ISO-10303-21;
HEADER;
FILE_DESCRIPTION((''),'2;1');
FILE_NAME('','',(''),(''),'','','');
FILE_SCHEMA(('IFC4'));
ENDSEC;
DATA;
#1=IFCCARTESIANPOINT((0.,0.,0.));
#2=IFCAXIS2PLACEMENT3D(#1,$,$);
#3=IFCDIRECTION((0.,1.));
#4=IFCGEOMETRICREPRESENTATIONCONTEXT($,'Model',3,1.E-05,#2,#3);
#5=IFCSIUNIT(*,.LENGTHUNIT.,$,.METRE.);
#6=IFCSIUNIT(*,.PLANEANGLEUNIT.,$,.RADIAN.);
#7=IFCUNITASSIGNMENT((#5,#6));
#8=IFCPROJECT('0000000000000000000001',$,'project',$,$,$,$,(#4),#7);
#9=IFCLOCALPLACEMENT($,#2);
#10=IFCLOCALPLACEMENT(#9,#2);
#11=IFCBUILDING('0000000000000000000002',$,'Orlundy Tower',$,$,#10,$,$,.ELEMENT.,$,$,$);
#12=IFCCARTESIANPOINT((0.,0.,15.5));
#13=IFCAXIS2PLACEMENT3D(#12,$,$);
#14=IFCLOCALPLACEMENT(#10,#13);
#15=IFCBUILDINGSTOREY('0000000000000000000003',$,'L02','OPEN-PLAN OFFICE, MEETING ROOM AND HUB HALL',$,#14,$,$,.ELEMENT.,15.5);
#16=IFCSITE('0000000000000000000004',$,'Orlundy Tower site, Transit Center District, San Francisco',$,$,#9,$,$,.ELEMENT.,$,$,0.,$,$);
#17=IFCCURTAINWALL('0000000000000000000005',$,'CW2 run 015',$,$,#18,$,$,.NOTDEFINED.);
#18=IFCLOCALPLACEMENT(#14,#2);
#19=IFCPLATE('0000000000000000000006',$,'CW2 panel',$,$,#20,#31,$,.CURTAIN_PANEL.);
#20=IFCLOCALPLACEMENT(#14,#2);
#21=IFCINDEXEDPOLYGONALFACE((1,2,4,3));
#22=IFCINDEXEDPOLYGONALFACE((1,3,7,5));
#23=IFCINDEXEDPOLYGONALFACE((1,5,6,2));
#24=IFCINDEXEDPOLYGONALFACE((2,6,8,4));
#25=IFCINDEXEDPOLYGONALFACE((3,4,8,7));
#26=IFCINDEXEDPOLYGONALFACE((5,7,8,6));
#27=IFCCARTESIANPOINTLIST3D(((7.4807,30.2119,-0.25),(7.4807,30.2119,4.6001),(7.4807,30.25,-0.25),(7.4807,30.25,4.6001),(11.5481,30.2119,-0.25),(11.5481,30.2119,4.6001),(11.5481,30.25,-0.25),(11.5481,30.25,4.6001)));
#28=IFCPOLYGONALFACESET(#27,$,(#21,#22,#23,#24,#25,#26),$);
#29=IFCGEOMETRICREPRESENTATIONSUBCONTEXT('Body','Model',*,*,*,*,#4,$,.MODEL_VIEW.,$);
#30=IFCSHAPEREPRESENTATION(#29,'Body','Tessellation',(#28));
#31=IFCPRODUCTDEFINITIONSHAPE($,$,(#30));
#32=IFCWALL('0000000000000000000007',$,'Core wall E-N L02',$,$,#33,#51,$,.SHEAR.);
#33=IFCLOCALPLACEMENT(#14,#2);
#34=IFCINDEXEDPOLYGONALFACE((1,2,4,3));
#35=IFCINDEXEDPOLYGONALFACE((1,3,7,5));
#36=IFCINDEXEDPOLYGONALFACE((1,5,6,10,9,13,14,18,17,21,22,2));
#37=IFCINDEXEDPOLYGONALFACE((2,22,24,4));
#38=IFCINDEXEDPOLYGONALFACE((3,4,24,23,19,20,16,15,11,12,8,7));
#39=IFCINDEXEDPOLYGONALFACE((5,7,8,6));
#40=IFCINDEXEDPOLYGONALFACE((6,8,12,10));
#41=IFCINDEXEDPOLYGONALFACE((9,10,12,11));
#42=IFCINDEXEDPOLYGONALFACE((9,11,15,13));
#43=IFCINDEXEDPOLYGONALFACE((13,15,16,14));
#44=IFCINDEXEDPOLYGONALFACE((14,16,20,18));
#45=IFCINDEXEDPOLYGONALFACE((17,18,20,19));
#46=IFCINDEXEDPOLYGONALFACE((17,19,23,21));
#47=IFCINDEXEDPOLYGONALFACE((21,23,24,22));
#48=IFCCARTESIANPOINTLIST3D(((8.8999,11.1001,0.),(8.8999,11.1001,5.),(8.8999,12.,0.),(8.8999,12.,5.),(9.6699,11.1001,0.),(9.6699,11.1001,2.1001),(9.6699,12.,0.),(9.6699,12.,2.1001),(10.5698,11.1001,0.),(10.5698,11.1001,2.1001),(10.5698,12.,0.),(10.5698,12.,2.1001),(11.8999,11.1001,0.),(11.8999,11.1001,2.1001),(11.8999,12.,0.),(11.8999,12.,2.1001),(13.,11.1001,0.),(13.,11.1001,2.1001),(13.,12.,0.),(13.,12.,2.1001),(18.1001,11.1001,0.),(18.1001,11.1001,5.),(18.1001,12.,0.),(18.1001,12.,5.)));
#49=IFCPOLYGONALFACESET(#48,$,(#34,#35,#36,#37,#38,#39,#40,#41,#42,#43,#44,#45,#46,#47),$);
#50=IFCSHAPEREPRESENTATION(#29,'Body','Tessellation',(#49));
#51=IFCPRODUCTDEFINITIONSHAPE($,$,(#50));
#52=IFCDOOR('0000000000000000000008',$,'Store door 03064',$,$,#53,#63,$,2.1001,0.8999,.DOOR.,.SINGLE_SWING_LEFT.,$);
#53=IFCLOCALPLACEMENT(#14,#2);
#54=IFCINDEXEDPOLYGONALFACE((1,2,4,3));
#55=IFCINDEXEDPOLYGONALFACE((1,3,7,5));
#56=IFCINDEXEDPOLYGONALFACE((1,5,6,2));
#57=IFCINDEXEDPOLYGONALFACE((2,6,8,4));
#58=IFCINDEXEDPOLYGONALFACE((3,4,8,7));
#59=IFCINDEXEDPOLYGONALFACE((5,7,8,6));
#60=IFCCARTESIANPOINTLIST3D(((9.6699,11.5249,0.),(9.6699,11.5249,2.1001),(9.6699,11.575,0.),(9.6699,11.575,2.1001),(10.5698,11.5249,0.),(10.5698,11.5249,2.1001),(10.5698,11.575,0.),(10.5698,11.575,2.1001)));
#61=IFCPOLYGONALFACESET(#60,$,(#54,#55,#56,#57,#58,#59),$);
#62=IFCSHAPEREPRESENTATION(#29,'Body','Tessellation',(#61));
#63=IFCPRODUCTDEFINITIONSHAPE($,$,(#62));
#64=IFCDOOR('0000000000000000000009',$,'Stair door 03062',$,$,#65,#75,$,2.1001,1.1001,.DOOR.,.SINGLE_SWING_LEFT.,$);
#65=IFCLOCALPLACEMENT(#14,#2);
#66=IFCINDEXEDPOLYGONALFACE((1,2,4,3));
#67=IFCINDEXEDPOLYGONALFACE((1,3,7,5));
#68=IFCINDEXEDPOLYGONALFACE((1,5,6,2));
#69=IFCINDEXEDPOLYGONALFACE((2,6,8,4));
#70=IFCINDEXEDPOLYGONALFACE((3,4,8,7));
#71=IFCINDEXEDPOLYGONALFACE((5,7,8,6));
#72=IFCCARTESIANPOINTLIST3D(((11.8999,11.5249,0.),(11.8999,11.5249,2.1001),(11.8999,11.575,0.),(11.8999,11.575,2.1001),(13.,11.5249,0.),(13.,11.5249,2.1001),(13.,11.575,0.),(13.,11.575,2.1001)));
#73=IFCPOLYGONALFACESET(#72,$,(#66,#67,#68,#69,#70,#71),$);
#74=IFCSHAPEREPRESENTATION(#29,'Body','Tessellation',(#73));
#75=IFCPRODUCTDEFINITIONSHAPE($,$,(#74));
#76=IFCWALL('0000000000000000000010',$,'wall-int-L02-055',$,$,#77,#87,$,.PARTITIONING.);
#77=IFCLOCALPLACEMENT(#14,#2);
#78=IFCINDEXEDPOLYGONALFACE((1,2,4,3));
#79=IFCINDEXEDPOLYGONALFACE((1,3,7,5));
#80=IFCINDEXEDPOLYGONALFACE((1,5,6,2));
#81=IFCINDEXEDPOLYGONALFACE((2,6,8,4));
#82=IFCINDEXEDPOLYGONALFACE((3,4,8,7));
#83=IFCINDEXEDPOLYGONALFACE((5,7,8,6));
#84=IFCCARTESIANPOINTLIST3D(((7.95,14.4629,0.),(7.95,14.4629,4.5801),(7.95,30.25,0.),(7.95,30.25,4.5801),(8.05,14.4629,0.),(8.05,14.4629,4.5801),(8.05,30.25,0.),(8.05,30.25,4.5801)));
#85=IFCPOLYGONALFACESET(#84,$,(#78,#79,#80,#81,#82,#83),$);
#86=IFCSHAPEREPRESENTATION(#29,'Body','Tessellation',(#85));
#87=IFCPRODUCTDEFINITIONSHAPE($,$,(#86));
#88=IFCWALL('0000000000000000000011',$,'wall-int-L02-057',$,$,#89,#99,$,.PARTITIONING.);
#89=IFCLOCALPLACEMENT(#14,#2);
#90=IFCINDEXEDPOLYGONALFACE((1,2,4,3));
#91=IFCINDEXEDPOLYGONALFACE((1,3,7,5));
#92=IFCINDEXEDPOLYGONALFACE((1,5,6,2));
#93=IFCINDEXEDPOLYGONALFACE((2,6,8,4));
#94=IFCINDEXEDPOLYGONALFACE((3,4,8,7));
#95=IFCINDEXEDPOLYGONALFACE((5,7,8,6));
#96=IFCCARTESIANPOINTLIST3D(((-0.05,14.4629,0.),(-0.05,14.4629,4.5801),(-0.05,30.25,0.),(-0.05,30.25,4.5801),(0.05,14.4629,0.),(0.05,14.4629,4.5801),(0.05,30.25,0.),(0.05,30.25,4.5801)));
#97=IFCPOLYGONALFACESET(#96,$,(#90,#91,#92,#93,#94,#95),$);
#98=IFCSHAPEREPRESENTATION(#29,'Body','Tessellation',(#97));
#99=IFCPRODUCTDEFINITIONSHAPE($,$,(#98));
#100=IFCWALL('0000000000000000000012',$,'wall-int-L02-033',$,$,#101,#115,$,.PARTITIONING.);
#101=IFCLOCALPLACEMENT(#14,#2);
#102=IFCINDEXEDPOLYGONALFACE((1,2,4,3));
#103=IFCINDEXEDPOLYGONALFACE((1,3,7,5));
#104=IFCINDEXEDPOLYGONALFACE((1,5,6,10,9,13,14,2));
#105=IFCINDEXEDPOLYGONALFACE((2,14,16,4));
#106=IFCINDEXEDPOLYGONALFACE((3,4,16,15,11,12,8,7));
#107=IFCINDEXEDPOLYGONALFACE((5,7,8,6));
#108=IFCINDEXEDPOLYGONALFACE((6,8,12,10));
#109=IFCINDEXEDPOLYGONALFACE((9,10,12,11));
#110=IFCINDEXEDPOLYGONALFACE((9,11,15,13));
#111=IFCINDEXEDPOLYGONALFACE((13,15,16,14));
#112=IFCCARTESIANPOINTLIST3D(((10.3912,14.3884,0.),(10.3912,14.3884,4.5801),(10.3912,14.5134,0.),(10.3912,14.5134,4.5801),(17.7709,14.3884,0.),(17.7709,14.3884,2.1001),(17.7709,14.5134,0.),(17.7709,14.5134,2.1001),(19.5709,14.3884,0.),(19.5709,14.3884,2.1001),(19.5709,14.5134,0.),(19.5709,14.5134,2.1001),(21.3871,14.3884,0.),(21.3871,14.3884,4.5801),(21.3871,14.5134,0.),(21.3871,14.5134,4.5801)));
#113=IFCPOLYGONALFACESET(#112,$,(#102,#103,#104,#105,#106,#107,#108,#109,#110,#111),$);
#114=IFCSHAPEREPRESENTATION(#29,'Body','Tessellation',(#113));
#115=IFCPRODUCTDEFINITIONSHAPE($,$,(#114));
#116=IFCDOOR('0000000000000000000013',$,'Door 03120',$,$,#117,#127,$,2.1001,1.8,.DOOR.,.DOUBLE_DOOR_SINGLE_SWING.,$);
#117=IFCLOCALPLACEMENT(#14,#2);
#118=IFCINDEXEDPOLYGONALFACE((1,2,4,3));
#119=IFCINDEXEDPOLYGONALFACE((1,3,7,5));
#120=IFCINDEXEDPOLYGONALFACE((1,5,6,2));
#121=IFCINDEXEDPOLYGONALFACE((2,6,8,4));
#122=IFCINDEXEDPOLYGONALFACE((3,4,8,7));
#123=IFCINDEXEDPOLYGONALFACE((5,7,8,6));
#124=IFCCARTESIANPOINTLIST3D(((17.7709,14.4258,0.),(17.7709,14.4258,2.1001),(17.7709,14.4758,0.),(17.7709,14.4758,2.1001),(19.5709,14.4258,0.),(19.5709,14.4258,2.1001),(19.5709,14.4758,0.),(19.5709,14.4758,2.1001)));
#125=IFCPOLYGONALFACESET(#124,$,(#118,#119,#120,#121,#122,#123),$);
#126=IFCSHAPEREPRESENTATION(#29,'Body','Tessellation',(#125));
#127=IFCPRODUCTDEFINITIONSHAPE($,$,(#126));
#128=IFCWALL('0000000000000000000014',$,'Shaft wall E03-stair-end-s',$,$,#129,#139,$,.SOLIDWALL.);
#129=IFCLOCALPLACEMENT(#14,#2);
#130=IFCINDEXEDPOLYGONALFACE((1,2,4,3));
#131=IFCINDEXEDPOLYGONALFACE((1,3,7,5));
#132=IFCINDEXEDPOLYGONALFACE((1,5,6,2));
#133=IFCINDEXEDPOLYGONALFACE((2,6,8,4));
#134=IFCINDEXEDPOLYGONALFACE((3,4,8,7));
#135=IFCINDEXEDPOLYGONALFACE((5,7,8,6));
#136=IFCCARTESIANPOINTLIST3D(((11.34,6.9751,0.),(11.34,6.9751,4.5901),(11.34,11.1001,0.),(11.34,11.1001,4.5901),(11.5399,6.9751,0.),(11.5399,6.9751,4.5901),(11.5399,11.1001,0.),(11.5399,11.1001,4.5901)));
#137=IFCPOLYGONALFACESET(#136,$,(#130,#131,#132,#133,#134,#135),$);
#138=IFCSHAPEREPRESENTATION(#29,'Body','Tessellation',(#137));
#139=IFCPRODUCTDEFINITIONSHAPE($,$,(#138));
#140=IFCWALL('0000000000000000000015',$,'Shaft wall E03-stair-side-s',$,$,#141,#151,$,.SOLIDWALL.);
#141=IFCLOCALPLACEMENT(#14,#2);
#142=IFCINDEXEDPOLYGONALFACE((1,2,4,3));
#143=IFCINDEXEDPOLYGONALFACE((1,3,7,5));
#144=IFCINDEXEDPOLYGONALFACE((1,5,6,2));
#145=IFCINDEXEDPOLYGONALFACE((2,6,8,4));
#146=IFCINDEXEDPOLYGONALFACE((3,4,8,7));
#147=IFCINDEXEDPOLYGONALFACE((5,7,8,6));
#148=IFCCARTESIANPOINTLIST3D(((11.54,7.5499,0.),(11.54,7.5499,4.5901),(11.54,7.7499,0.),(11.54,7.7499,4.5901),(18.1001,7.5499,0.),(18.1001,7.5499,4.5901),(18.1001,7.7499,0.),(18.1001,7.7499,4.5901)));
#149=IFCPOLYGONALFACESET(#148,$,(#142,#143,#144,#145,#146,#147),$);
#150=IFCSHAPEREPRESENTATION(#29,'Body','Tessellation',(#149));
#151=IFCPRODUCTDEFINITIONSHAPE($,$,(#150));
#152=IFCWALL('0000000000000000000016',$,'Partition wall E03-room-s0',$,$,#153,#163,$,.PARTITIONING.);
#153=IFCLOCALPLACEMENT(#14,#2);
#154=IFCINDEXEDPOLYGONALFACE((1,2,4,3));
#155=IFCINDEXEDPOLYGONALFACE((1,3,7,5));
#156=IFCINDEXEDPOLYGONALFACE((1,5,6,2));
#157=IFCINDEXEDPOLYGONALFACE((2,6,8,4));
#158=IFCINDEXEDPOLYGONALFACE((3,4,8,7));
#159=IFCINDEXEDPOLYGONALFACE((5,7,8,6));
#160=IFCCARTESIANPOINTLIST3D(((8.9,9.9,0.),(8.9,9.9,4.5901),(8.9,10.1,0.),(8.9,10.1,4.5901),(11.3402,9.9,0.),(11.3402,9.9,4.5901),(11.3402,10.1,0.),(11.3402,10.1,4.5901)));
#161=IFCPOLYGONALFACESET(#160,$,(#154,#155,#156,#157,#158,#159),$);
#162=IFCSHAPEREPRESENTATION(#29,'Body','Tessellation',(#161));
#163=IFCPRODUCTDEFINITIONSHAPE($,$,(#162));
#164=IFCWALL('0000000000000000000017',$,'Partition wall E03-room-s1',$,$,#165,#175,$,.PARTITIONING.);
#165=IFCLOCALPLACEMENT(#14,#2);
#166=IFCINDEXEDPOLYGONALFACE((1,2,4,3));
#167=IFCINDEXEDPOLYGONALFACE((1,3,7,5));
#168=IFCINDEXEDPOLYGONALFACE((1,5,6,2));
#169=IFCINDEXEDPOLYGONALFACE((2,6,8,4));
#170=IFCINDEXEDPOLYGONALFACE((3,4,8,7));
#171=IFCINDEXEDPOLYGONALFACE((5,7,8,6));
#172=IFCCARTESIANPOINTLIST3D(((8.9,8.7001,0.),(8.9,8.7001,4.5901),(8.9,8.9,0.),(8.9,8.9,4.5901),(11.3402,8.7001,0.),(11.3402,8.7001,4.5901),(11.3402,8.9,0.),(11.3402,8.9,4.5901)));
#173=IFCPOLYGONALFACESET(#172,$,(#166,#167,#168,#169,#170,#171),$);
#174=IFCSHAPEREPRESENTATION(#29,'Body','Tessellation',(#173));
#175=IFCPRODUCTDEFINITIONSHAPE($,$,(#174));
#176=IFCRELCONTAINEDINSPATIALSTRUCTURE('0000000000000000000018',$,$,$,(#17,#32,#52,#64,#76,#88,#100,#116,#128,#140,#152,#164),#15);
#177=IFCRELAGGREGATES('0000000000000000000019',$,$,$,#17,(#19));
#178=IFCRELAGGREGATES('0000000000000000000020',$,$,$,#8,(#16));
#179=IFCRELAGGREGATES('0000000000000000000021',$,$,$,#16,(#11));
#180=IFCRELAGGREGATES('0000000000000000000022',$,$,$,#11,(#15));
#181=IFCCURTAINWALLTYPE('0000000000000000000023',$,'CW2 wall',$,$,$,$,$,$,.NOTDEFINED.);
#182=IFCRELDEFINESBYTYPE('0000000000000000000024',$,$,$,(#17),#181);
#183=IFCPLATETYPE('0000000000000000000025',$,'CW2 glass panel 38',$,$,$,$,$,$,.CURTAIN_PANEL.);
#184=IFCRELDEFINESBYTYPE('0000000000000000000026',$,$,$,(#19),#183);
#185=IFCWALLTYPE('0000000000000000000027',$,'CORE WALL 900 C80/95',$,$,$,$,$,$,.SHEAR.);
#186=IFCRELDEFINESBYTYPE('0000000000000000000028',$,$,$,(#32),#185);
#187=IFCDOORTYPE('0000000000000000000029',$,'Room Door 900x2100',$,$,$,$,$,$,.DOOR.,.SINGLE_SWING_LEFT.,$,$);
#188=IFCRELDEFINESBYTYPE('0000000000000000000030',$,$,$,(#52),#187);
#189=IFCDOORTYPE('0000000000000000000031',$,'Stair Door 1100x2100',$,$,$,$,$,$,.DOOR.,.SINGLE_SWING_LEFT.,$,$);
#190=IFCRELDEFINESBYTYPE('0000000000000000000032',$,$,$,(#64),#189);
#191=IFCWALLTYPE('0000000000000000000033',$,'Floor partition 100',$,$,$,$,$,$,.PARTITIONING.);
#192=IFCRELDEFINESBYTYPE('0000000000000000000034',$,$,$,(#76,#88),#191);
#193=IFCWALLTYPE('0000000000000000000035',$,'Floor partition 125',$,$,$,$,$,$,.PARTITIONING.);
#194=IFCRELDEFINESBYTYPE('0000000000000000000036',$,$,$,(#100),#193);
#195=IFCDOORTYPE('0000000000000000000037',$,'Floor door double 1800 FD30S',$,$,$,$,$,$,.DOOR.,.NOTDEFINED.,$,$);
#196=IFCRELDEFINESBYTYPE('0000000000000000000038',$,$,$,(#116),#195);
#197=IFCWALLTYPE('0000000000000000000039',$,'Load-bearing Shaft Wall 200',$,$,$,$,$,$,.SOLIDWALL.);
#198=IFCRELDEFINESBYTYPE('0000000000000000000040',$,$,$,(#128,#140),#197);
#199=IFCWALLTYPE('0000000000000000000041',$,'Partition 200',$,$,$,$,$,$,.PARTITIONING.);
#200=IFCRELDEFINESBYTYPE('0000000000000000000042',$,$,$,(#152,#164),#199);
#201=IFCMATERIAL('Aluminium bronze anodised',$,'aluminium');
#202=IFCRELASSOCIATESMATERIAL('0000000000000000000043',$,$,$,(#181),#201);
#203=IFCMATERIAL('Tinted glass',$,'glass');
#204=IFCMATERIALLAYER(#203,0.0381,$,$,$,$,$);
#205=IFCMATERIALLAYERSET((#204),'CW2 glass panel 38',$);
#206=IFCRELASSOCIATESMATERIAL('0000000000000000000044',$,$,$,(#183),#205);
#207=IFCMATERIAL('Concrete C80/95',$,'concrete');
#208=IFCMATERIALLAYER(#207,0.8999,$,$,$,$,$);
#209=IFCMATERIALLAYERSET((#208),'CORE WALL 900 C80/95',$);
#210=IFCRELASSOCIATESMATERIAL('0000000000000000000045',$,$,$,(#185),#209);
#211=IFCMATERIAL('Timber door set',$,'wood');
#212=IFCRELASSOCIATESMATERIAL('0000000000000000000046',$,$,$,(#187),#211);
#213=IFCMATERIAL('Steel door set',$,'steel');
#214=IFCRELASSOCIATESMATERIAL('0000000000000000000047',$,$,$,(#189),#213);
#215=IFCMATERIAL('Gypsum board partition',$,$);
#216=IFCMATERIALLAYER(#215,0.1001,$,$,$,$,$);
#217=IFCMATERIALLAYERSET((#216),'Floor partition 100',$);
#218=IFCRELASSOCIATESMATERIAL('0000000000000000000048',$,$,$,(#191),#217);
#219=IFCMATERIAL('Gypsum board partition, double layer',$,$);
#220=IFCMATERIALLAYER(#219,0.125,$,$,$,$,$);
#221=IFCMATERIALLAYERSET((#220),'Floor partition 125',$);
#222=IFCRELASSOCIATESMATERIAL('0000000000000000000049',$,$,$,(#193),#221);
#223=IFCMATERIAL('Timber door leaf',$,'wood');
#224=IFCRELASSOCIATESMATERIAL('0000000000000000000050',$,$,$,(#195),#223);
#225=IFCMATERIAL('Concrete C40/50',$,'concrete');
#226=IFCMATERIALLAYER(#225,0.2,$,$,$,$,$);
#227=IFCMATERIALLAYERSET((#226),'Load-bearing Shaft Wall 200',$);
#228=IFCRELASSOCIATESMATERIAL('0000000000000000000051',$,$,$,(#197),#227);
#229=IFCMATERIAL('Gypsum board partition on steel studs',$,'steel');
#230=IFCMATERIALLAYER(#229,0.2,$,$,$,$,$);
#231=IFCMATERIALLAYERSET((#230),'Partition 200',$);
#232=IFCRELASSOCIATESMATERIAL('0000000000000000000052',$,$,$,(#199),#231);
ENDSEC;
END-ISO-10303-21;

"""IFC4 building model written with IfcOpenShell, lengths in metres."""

from ifc_helpers import new_model, si_unit, direction, frame, frame_2d, origin, origin_2d, place, context, subcontext, project, spatial, rectangle, extrude, material, layer, layer_set, type_object, element, fill, aggregate, save


model = new_model("IFC4")

# Units and contexts
model_context = context("Model", 3, precision=1e-05, world=origin(), true_north=direction((0.0, 1.0)))
body_context = subcontext(model_context, "Body", "Model", "MODEL_VIEW")
ifc_project = project(units=[si_unit("LENGTHUNIT", "METRE"), si_unit("PLANEANGLEUNIT", "RADIAN")], contexts=[model_context])

# Site, building, storey
site_placement = place(None, origin())
site = spatial("IfcSite", under=ifc_project, at=site_placement, Name="Orlundy Tower site, Transit Center District, San Francisco", CompositionType="ELEMENT", RefElevation=0.0)
building_placement = place(site_placement, origin())
building = spatial("IfcBuilding", under=site, at=building_placement, Name="Orlundy Tower", CompositionType="ELEMENT")
storey_placement = place(building_placement, frame((0.0, 0.0, 15.5)))
storey = spatial("IfcBuildingStorey", under=building, at=storey_placement, Name="L02", Description="OPEN-PLAN OFFICE, MEETING ROOM AND HUB HALL", CompositionType="ELEMENT", Elevation=15.5)

# Curtain wall
ifc_material_1 = material(Name="Aluminium bronze anodised", Category="aluminium")
curtain_wall_type = type_object("IfcCurtainWallType", Name="CW2 wall", PredefinedType="NOTDEFINED", material=ifc_material_1)
curtain_wall_1_placement = place(storey_placement, origin())
curtain_wall_1 = element("IfcCurtainWall", 1, at=curtain_wall_1_placement, inside=storey, type_object=curtain_wall_type, Name="CW2 run 015", PredefinedType="NOTDEFINED")

# Plate
ifc_material_2 = material(Name="Tinted glass", Category="glass")
ifc_layer_1 = layer(ifc_material_2, 0.0381)
ifc_layer_set_1 = layer_set([ifc_layer_1], Name="CW2 glass panel 38")
plate_type = type_object("IfcPlateType", Name="CW2 glass panel 38", PredefinedType="CURTAIN_PANEL", material=ifc_layer_set_1)
plate_1_placement = place(storey_placement, frame((9.5144, 30.231, -0.25), z_axis=(0.0, 0.0, 1.0), x_axis=(1.0, 0.0, 0.0)))
plate_1 = element("IfcPlate", 2, at=plate_1_placement, type_object=plate_type, Name="CW2 panel", PredefinedType="CURTAIN_PANEL", context=body_context, shape_type="SweptSolid", body=[
    extrude(rectangle(XDim=4.0674, YDim=0.0381, at=origin_2d()), origin(), (0.0, 0.0, 1.0), 4.8501),
])
aggregate(curtain_wall_1, [plate_1])

# Wall, openings, doors
ifc_material_3 = material(Name="Concrete C80/95", Category="concrete")
ifc_layer_2 = layer(ifc_material_3, 0.8999)
ifc_layer_set_2 = layer_set([ifc_layer_2], Name="CORE WALL 900 C80/95")
wall_type_1 = type_object("IfcWallType", Name="CORE WALL 900 C80/95", PredefinedType="SHEAR", material=ifc_layer_set_2)
wall_1_placement = place(storey_placement, frame((8.8999, 11.55, 0.0), z_axis=(0.0, 0.0, 1.0), x_axis=(1.0, 0.0, 0.0)))
wall_1 = element("IfcWall", 3, at=wall_1_placement, inside=storey, type_object=wall_type_1, Name="Core wall E-N L02", PredefinedType="SHEAR", context=body_context, shape_type="SweptSolid", body=[
    extrude(rectangle(XDim=9.2002, YDim=0.8999, at=frame_2d((4.6001, 0.0))), origin(), (0.0, 0.0, 1.0), 5.0),
])
opening_1_placement = place(wall_1_placement, frame((3.0, 0.0, 0.0)))
opening_1 = element("IfcOpeningElement", 4, at=opening_1_placement, cuts=wall_1, PredefinedType="OPENING", context=body_context, shape_type="SweptSolid", body=[
    extrude(rectangle(XDim=1.1001, YDim=2.1001, at=frame_2d((0.55, 1.05))), frame((0.0, 0.46, 0.0), z_axis=(0.0, -1.0, 0.0), x_axis=(1.0, 0.0, 0.0)), (0.0, 0.0, 1.0), 0.9199),
])
opening_2_placement = place(wall_1_placement, frame((0.77, 0.0, 0.0)))
opening_2 = element("IfcOpeningElement", 5, at=opening_2_placement, cuts=wall_1, PredefinedType="OPENING", context=body_context, shape_type="SweptSolid", body=[
    extrude(rectangle(XDim=0.8999, YDim=2.1001, at=frame_2d((0.45, 1.05))), frame((0.0, 0.46, 0.0), z_axis=(0.0, -1.0, 0.0), x_axis=(1.0, 0.0, 0.0)), (0.0, 0.0, 1.0), 0.9199),
])
ifc_material_4 = material(Name="Timber door set", Category="wood")
door_type_1 = type_object("IfcDoorType", Name="Room Door 900x2100", OperationType="SINGLE_SWING_LEFT", PredefinedType="DOOR", material=ifc_material_4)
door_1_placement = place(opening_2_placement, origin())
door_1 = element("IfcDoor", 6, at=door_1_placement, inside=storey, type_object=door_type_1, Name="Store door 03064", OperationType="SINGLE_SWING_LEFT", OverallHeight=2.1001, OverallWidth=0.8999, PredefinedType="DOOR", context=body_context, shape_type="SweptSolid", body=[
    extrude(rectangle(XDim=0.8999, YDim=2.1001, at=frame_2d((0.45, 1.05))), frame((0.0, 0.0249, 0.0), z_axis=(0.0, -1.0, 0.0), x_axis=(1.0, 0.0, 0.0)), (0.0, 0.0, 1.0), 0.05),
])
fill(opening_2, door_1)
ifc_material_5 = material(Name="Steel door set", Category="steel")
door_type_2 = type_object("IfcDoorType", Name="Stair Door 1100x2100", OperationType="SINGLE_SWING_LEFT", PredefinedType="DOOR", material=ifc_material_5)
door_2_placement = place(opening_1_placement, origin())
door_2 = element("IfcDoor", 7, at=door_2_placement, inside=storey, type_object=door_type_2, Name="Stair door 03062", OperationType="SINGLE_SWING_LEFT", OverallHeight=2.1001, OverallWidth=1.1001, PredefinedType="DOOR", context=body_context, shape_type="SweptSolid", body=[
    extrude(rectangle(XDim=1.1001, YDim=2.1001, at=frame_2d((0.55, 1.05))), frame((0.0, 0.0249, 0.0), z_axis=(0.0, -1.0, 0.0), x_axis=(1.0, 0.0, 0.0)), (0.0, 0.0, 1.0), 0.05),
])
fill(opening_1, door_2)

# Walls
ifc_material_6 = material(Name="Gypsum board partition")
ifc_layer_3 = layer(ifc_material_6, 0.1001)
ifc_layer_set_3 = layer_set([ifc_layer_3], Name="Floor partition 100")
wall_type_2 = type_object("IfcWallType", Name="Floor partition 100", PredefinedType="PARTITIONING", material=ifc_layer_set_3)
for number, where, z_axis, x_axis, name in (
    (8, (8.0, 14.4629, 0.0), (0.0, 0.0, 1.0), (0.0, 1.0, 0.0), "wall-int-L02-055"),
    (9, (0.0, 14.4629, 0.0), (0.0, 0.0, 1.0), (0.0, 1.0, 0.0), "wall-int-L02-057"),
):
    element("IfcWall", number, at=place(storey_placement, frame(where, z_axis=z_axis, x_axis=x_axis)), inside=storey, type_object=wall_type_2, Name=name, PredefinedType="PARTITIONING", context=body_context, shape_type="SweptSolid", body=[
        extrude(rectangle(XDim=15.7871, YDim=0.1001, at=frame_2d((7.8936, 0.0))), origin(), (0.0, 0.0, 1.0), 4.5801),
    ])

# Wall, opening, door
ifc_material_7 = material(Name="Gypsum board partition, double layer")
ifc_layer_4 = layer(ifc_material_7, 0.125)
ifc_layer_set_4 = layer_set([ifc_layer_4], Name="Floor partition 125")
wall_type_3 = type_object("IfcWallType", Name="Floor partition 125", PredefinedType="PARTITIONING", material=ifc_layer_set_4)
wall_2_placement = place(storey_placement, frame((10.3911, 14.4509, 0.0), z_axis=(0.0, 0.0, 1.0), x_axis=(1.0, 0.0, 0.0)))
wall_2 = element("IfcWall", 10, at=wall_2_placement, inside=storey, type_object=wall_type_3, Name="wall-int-L02-033", PredefinedType="PARTITIONING", context=body_context, shape_type="SweptSolid", body=[
    extrude(rectangle(XDim=10.9958, YDim=0.125, at=frame_2d((5.498, 0.0))), origin(), (0.0, 0.0, 1.0), 4.5801),
])
opening_3_placement = place(wall_2_placement, frame((7.3799, 0.0, 0.0)))
opening_3 = element("IfcOpeningElement", 11, at=opening_3_placement, cuts=wall_2, PredefinedType="OPENING", context=body_context, shape_type="SweptSolid", body=[
    extrude(rectangle(XDim=1.8, YDim=2.1001, at=frame_2d((0.8999, 1.05))), frame((0.0, 0.0725, 0.0), z_axis=(0.0, -1.0, 0.0), x_axis=(1.0, 0.0, 0.0)), (0.0, 0.0, 1.0), 0.145),
])
ifc_material_8 = material(Name="Timber door leaf", Category="wood")
door_type_3 = type_object("IfcDoorType", Name="Floor door double 1800 FD30S", OperationType="NOTDEFINED", PredefinedType="DOOR", material=ifc_material_8)
door_3_placement = place(opening_3_placement, origin())
door_3 = element("IfcDoor", 12, at=door_3_placement, inside=storey, type_object=door_type_3, Name="Door 03120", OperationType="DOUBLE_DOOR_SINGLE_SWING", OverallHeight=2.1001, OverallWidth=1.8, PredefinedType="DOOR", context=body_context, shape_type="SweptSolid", body=[
    extrude(rectangle(XDim=1.8, YDim=2.1001, at=frame_2d((0.8999, 1.05))), frame((0.0, 0.0249, 0.0), z_axis=(0.0, -1.0, 0.0), x_axis=(1.0, 0.0, 0.0)), (0.0, 0.0, 1.0), 0.05),
])
fill(opening_3, door_3)

# Walls
ifc_material_9 = material(Name="Concrete C40/50", Category="concrete")
ifc_layer_5 = layer(ifc_material_9, 0.2)
ifc_layer_set_5 = layer_set([ifc_layer_5], Name="Load-bearing Shaft Wall 200")
wall_type_4 = type_object("IfcWallType", Name="Load-bearing Shaft Wall 200", PredefinedType="SOLIDWALL", material=ifc_layer_set_5)
wall_3_placement = place(storey_placement, frame((11.4399, 11.1001, 0.0), z_axis=(0.0, 0.0, 1.0), x_axis=(0.0, -1.0, 0.0)))
element("IfcWall", 13, at=wall_3_placement, inside=storey, type_object=wall_type_4, Name="Shaft wall E03-stair-end-s", PredefinedType="SOLIDWALL", context=body_context, shape_type="SweptSolid", body=[
    extrude(rectangle(XDim=4.125, YDim=0.2, at=frame_2d((2.0625, 0.0))), origin(), (0.0, 0.0, 1.0), 4.5901),
])
wall_4_placement = place(storey_placement, frame((11.54, 7.6499, 0.0), z_axis=(0.0, 0.0, 1.0), x_axis=(1.0, 0.0, 0.0)))
element("IfcWall", 14, at=wall_4_placement, inside=storey, type_object=wall_type_4, Name="Shaft wall E03-stair-side-s", PredefinedType="SOLIDWALL", context=body_context, shape_type="SweptSolid", body=[
    extrude(rectangle(XDim=6.5601, YDim=0.2, at=frame_2d((3.28, 0.0))), origin(), (0.0, 0.0, 1.0), 4.5901),
])
ifc_material_10 = material(Name="Gypsum board partition on steel studs", Category="steel")
ifc_layer_6 = layer(ifc_material_10, 0.2)
ifc_layer_set_6 = layer_set([ifc_layer_6], Name="Partition 200")
wall_type_5 = type_object("IfcWallType", Name="Partition 200", PredefinedType="PARTITIONING", material=ifc_layer_set_6)
for number, where, z_axis, x_axis, name in (
    (15, (8.8999, 10.0, 0.0), (0.0, 0.0, 1.0), (1.0, 0.0, 0.0), "Partition wall E03-room-s0"),
    (16, (8.8999, 8.8, 0.0), (0.0, 0.0, 1.0), (1.0, 0.0, 0.0), "Partition wall E03-room-s1"),
):
    element("IfcWall", number, at=place(storey_placement, frame(where, z_axis=z_axis, x_axis=x_axis)), inside=storey, type_object=wall_type_5, Name=name, PredefinedType="PARTITIONING", context=body_context, shape_type="SweptSolid", body=[
        extrude(rectangle(XDim=2.4402, YDim=0.2, at=frame_2d((1.2202, 0.0))), origin(), (0.0, 0.0, 1.0), 4.5901),
    ])

save(model, "model.ifc")
